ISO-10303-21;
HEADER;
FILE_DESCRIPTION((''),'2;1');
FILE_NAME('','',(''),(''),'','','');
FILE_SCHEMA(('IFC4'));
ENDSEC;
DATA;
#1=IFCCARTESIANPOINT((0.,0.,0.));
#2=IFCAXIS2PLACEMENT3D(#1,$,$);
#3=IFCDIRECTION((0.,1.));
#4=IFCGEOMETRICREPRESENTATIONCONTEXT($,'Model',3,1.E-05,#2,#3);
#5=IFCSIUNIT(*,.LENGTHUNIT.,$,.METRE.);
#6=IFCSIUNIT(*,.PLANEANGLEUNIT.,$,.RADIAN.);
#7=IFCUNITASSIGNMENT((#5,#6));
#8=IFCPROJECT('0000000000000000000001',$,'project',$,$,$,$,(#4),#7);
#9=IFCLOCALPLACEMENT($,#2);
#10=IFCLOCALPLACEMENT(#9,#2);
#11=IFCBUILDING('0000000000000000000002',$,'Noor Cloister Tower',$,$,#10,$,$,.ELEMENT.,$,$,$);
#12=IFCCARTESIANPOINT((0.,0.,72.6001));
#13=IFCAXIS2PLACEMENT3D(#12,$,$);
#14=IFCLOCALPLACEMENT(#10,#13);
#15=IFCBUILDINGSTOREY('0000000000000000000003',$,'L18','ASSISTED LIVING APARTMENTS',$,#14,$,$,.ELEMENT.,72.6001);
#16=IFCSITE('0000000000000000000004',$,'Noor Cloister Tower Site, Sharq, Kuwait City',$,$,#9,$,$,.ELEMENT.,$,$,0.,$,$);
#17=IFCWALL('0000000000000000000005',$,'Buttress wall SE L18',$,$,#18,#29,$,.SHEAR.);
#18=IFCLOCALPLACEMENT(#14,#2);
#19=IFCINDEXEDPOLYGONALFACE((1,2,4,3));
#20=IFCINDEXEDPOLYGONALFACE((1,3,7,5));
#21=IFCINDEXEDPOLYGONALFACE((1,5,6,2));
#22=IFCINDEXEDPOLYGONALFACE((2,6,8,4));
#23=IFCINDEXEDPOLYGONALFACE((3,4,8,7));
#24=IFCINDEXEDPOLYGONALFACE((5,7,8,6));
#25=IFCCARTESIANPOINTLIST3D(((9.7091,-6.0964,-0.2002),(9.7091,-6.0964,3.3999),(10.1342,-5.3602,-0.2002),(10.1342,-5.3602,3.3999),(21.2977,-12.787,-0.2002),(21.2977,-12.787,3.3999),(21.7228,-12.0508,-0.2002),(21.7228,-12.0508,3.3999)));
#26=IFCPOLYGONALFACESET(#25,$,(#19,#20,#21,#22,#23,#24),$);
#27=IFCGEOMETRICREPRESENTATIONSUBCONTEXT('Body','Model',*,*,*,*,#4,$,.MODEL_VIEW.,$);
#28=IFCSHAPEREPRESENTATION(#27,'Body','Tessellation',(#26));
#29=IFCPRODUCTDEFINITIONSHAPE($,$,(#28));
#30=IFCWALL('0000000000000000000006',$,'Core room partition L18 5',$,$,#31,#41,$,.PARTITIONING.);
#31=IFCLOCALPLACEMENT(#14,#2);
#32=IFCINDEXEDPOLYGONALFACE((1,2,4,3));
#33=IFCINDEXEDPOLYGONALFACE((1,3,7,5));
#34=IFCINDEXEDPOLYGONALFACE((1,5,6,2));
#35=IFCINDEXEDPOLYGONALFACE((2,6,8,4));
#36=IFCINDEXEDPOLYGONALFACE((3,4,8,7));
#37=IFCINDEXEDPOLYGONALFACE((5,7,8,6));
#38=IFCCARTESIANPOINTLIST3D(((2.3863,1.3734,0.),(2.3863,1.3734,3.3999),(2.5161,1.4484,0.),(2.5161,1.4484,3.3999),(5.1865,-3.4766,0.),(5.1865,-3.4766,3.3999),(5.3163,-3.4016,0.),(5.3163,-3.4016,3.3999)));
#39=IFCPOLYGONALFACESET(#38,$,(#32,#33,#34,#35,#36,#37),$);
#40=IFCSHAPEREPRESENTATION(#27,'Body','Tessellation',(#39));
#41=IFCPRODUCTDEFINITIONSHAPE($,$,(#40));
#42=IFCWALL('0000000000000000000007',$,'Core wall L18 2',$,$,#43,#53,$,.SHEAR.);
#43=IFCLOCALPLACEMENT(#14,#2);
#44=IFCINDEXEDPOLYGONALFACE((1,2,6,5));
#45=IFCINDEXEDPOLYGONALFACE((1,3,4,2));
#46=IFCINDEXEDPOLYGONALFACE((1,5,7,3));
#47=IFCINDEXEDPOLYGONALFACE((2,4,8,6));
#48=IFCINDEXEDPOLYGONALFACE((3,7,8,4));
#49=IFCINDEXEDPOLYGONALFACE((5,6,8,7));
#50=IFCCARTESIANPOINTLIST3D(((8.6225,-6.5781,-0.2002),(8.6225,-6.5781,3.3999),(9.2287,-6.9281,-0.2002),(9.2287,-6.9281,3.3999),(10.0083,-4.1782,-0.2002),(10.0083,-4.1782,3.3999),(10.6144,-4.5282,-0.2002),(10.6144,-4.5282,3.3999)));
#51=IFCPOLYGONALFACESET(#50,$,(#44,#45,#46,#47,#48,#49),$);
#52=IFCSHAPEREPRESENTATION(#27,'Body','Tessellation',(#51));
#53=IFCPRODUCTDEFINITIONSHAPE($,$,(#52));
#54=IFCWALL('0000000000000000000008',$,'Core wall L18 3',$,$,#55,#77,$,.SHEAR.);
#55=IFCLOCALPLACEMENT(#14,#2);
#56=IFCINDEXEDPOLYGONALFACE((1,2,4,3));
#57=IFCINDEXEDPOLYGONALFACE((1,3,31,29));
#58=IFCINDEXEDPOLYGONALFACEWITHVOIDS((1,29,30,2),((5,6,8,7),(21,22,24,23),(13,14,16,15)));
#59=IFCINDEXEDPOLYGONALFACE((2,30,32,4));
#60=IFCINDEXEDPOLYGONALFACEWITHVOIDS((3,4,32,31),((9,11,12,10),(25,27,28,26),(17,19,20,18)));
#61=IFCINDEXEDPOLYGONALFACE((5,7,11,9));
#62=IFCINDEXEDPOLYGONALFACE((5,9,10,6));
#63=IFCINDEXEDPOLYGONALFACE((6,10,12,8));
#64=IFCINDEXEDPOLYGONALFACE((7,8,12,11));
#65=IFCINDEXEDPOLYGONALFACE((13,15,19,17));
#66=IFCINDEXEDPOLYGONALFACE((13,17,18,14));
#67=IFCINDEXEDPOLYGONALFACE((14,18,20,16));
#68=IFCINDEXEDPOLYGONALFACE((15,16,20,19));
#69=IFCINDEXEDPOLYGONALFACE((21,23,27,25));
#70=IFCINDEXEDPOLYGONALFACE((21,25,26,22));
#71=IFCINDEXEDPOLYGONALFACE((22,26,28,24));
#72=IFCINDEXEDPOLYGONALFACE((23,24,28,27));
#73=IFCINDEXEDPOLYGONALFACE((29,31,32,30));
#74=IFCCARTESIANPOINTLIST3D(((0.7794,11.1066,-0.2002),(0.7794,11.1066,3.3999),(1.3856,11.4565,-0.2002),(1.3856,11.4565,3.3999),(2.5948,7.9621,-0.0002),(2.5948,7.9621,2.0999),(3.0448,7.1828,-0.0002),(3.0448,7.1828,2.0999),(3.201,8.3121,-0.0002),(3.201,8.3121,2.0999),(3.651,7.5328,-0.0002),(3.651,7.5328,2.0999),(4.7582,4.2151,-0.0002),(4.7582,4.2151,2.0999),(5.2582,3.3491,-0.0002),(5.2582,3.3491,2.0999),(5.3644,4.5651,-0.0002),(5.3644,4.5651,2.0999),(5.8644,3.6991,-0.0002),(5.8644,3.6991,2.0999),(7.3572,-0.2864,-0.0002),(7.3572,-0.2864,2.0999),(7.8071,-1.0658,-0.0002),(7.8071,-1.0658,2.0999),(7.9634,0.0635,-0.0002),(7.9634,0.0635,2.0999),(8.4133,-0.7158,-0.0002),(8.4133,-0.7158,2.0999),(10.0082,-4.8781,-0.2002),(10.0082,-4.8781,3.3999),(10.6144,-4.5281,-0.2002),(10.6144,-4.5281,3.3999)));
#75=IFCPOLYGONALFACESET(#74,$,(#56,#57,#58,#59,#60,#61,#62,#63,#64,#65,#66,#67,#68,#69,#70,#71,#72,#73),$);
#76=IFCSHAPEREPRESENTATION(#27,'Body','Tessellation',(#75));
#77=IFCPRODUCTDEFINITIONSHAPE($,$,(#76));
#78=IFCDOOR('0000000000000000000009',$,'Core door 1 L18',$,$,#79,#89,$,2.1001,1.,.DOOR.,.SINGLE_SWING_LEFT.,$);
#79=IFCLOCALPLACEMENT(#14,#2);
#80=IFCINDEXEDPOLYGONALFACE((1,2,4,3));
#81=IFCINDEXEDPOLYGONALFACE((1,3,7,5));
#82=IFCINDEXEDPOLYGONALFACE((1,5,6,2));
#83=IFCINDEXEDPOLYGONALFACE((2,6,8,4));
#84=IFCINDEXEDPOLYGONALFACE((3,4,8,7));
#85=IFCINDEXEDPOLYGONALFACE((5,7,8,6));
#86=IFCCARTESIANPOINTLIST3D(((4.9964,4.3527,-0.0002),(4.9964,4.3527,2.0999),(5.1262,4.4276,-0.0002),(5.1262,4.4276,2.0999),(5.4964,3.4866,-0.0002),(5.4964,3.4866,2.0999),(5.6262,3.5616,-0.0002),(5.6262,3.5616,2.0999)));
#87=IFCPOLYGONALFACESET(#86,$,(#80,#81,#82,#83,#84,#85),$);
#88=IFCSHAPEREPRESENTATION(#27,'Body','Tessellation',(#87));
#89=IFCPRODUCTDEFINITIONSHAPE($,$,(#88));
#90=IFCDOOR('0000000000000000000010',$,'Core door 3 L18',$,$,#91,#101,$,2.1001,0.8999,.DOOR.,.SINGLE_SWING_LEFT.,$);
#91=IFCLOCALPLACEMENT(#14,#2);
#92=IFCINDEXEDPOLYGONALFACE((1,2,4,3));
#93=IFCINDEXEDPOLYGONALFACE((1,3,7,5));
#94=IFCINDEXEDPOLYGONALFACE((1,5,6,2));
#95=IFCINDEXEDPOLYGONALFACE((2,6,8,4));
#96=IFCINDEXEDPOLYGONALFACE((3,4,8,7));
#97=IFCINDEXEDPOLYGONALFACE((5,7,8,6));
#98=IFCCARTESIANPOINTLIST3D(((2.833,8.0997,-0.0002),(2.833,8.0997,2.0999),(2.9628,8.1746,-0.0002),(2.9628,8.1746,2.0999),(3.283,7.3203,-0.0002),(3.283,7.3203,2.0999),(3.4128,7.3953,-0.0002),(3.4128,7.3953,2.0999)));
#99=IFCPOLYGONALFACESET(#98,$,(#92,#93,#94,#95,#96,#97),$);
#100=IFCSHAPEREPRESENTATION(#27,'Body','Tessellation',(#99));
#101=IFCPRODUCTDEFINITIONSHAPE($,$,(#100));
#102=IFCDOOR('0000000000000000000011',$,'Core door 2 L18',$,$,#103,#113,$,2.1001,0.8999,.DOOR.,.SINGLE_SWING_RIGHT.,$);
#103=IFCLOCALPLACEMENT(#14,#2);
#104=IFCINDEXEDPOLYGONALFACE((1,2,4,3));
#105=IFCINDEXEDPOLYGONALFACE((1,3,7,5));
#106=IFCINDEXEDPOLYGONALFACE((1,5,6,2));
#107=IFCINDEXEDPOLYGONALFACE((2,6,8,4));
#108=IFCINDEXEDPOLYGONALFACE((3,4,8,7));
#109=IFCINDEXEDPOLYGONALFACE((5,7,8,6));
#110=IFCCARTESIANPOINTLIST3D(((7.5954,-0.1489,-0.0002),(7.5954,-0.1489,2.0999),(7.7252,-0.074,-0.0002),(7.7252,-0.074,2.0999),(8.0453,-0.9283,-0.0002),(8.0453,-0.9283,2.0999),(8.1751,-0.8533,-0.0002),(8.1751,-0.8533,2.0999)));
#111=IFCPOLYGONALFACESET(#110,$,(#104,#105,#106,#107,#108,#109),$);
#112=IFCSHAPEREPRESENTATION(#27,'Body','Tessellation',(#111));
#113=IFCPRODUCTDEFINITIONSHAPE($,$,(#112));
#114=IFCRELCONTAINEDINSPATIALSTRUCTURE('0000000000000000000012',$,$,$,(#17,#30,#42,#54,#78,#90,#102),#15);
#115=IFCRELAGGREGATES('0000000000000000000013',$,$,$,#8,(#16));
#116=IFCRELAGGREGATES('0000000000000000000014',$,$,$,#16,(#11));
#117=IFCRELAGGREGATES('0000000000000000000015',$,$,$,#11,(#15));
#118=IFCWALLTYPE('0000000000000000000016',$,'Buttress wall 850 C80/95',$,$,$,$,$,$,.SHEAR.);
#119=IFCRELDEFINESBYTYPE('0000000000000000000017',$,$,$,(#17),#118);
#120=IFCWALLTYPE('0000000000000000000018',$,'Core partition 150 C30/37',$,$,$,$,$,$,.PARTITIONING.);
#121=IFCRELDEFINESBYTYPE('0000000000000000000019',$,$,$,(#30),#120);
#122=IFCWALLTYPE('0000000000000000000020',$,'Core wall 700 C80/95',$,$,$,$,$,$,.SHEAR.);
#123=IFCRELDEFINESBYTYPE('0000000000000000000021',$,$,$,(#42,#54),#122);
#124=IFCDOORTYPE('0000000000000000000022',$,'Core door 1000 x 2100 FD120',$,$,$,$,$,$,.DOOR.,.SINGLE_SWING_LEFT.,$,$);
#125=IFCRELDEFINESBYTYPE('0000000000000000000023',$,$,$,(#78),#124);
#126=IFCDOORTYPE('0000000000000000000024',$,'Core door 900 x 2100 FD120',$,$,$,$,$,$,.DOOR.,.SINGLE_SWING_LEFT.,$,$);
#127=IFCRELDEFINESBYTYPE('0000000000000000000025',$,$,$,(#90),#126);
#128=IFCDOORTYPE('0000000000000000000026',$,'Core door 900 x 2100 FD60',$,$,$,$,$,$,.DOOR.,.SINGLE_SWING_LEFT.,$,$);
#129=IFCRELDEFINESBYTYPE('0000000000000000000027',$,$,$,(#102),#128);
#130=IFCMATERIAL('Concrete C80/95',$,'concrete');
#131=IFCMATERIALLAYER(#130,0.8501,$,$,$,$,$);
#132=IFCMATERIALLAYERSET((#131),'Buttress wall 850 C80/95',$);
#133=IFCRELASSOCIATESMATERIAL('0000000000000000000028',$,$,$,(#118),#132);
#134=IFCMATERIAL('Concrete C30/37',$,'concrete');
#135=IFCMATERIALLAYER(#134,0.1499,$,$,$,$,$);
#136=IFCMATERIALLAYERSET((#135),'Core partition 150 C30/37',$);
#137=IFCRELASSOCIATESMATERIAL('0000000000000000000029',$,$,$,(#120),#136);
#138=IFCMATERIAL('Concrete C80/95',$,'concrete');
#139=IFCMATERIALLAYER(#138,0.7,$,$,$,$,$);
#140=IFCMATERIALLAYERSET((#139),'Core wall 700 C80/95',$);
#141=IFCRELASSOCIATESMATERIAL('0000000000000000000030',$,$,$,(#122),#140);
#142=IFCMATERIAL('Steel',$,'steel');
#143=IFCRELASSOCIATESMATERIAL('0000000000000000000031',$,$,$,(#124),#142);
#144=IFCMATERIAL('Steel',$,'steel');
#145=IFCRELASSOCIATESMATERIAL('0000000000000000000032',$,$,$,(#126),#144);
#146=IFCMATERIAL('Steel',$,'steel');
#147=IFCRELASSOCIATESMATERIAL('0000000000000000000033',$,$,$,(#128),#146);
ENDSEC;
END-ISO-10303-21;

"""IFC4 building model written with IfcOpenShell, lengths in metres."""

from ifc_helpers import new_model, si_unit, direction, frame, frame_2d, origin, place, context, subcontext, project, spatial, rectangle, extrude, material, layer, layer_set, type_object, element, fill, save


model = new_model("IFC4")

# Units and contexts
model_context = context("Model", 3, precision=1e-05, world=origin(), true_north=direction((0.0, 1.0)))
body_context = subcontext(model_context, "Body", "Model", "MODEL_VIEW")
ifc_project = project(units=[si_unit("LENGTHUNIT", "METRE"), si_unit("PLANEANGLEUNIT", "RADIAN")], contexts=[model_context])

# Site, building, storey
site_placement = place(None, origin())
site = spatial("IfcSite", under=ifc_project, at=site_placement, Name="Noor Cloister Tower Site, Sharq, Kuwait City", CompositionType="ELEMENT", RefElevation=0.0)
building_placement = place(site_placement, origin())
building = spatial("IfcBuilding", under=site, at=building_placement, Name="Noor Cloister Tower", CompositionType="ELEMENT")
storey_placement = place(building_placement, frame((0.0, 0.0, 72.6001)))
storey = spatial("IfcBuildingStorey", under=building, at=storey_placement, Name="L18", Description="ASSISTED LIVING APARTMENTS", CompositionType="ELEMENT", Elevation=72.6001)

# Walls
ifc_material_1 = material(Name="Concrete C80/95", Category="concrete")
ifc_layer_1 = layer(ifc_material_1, 0.8501)
ifc_layer_set_1 = layer_set([ifc_layer_1], Name="Buttress wall 850 C80/95")
wall_type_1 = type_object("IfcWallType", Name="Buttress wall 850 C80/95", PredefinedType="SHEAR", material=ifc_layer_set_1)
wall_1_placement = place(storey_placement, frame((9.9216, -5.7283, -0.2002), z_axis=(0.0, 0.0, 1.0), x_axis=(0.866026, -0.499999, 0.0)))
element("IfcWall", 1, at=wall_1_placement, inside=storey, type_object=wall_type_1, Name="Buttress wall SE L18", PredefinedType="SHEAR", context=body_context, shape_type="SweptSolid", body=[
    extrude(rectangle(XDim=13.3813, YDim=0.8501, at=frame_2d((6.6907, 0.0))), origin(), (0.0, 0.0, 1.0), 3.6001),
])
ifc_material_2 = material(Name="Concrete C30/37", Category="concrete")
ifc_layer_2 = layer(ifc_material_2, 0.1499)
ifc_layer_set_2 = layer_set([ifc_layer_2], Name="Core partition 150 C30/37")
wall_type_2 = type_object("IfcWallType", Name="Core partition 150 C30/37", PredefinedType="PARTITIONING", material=ifc_layer_set_2)
wall_2_placement = place(storey_placement, frame((5.2515, -3.4392, 0.0), z_axis=(0.0, 0.0, 1.0), x_axis=(-0.500012, 0.866019, 0.0)))
element("IfcWall", 2, at=wall_2_placement, inside=storey, type_object=wall_type_2, Name="Core room partition L18 5", PredefinedType="PARTITIONING", context=body_context, shape_type="SweptSolid", body=[
    extrude(rectangle(XDim=5.6003, YDim=0.1499, at=frame_2d((2.8003, 0.0))), origin(), (0.0, 0.0, 1.0), 3.3999),
])
ifc_material_3 = material(Name="Concrete C80/95", Category="concrete")
ifc_layer_3 = layer(ifc_material_3, 0.7)
ifc_layer_set_3 = layer_set([ifc_layer_3], Name="Core wall 700 C80/95")
wall_type_3 = type_object("IfcWallType", Name="Core wall 700 C80/95", PredefinedType="SHEAR", material=ifc_layer_set_3)
wall_3_placement = place(storey_placement, frame((8.9255, -6.7532, -0.2002), z_axis=(0.0, 0.0, 1.0), x_axis=(0.500043, 0.866001, 0.0)))
element("IfcWall", 3, at=wall_3_placement, inside=storey, type_object=wall_type_3, Name="Core wall L18 2", PredefinedType="SHEAR", context=body_context, shape_type="SweptSolid", body=[
    extrude(rectangle(XDim=2.7712, YDim=0.7, at=frame_2d((1.3857, 0.0))), origin(), (0.0, 0.0, 1.0), 3.6001),
])

# Wall, openings, doors
wall_4_placement = place(storey_placement, frame((10.3113, -4.7031, -0.2002), z_axis=(0.0, 0.0, 1.0), x_axis=(-0.500001, 0.866025, 0.0)))
wall_4 = element("IfcWall", 4, at=wall_4_placement, inside=storey, type_object=wall_type_3, Name="Core wall L18 3", PredefinedType="SHEAR", context=body_context, shape_type="SweptSolid", body=[
    extrude(rectangle(XDim=18.4575, YDim=0.7, at=frame_2d((9.2288, 0.0))), origin(), (0.0, 0.0, 1.0), 3.6001),
])
opening_1_placement = place(wall_4_placement, frame((9.5, 0.0, 0.2)))
opening_1 = element("IfcOpeningElement", 5, at=opening_1_placement, cuts=wall_4, PredefinedType="OPENING", context=body_context, shape_type="SweptSolid", body=[
    extrude(rectangle(XDim=1.0, YDim=2.1001, at=frame_2d((0.5, 1.05))), frame((0.0, 0.3599, 0.0), z_axis=(0.0, -1.0, 0.0), x_axis=(1.0, 0.0, 0.0)), (0.0, 0.0, 1.0), 0.72),
])
opening_2_placement = place(wall_4_placement, frame((4.4021, 0.0, 0.2)))
opening_2 = element("IfcOpeningElement", 6, at=opening_2_placement, cuts=wall_4, PredefinedType="OPENING", context=body_context, shape_type="SweptSolid", body=[
    extrude(rectangle(XDim=0.8999, YDim=2.1001, at=frame_2d((0.45, 1.05))), frame((0.0, 0.3599, 0.0), z_axis=(0.0, -1.0, 0.0), x_axis=(1.0, 0.0, 0.0)), (0.0, 0.0, 1.0), 0.72),
])
opening_3_placement = place(wall_4_placement, frame((13.9268, 0.0, 0.2)))
opening_3 = element("IfcOpeningElement", 7, at=opening_3_placement, cuts=wall_4, PredefinedType="OPENING", context=body_context, shape_type="SweptSolid", body=[
    extrude(rectangle(XDim=0.8999, YDim=2.1001, at=frame_2d((0.45, 1.05))), frame((0.0, 0.3599, 0.0), z_axis=(0.0, -1.0, 0.0), x_axis=(1.0, 0.0, 0.0)), (0.0, 0.0, 1.0), 0.72),
])
ifc_material_4 = material(Name="Steel", Category="steel")
door_type_1 = type_object("IfcDoorType", Name="Core door 1000 x 2100 FD120", OperationType="SINGLE_SWING_LEFT", PredefinedType="DOOR", material=ifc_material_4)
door_1_placement = place(opening_1_placement, origin())
door_1 = element("IfcDoor", 8, at=door_1_placement, inside=storey, type_object=door_type_1, Name="Core door 1 L18", OperationType="SINGLE_SWING_LEFT", OverallHeight=2.1001, OverallWidth=1.0, PredefinedType="DOOR", context=body_context, shape_type="SweptSolid", body=[
    extrude(rectangle(XDim=1.0, YDim=2.1001, at=frame_2d((0.5, 1.05))), frame((0.0, 0.075, 0.0), z_axis=(0.0, -1.0, 0.0), x_axis=(1.0, 0.0, 0.0)), (0.0, 0.0, 1.0), 0.1499),
])
fill(opening_1, door_1)
ifc_material_5 = material(Name="Steel", Category="steel")
door_type_2 = type_object("IfcDoorType", Name="Core door 900 x 2100 FD120", OperationType="SINGLE_SWING_LEFT", PredefinedType="DOOR", material=ifc_material_5)
door_2_placement = place(opening_3_placement, origin())
door_2 = element("IfcDoor", 9, at=door_2_placement, inside=storey, type_object=door_type_2, Name="Core door 3 L18", OperationType="SINGLE_SWING_LEFT", OverallHeight=2.1001, OverallWidth=0.8999, PredefinedType="DOOR", context=body_context, shape_type="SweptSolid", body=[
    extrude(rectangle(XDim=0.8999, YDim=2.1001, at=frame_2d((0.45, 1.05))), frame((0.0, 0.075, 0.0), z_axis=(0.0, -1.0, 0.0), x_axis=(1.0, 0.0, 0.0)), (0.0, 0.0, 1.0), 0.1499),
])
fill(opening_3, door_2)
ifc_material_6 = material(Name="Steel", Category="steel")
door_type_3 = type_object("IfcDoorType", Name="Core door 900 x 2100 FD60", OperationType="SINGLE_SWING_LEFT", PredefinedType="DOOR", material=ifc_material_6)
door_3_placement = place(opening_2_placement, origin())
door_3 = element("IfcDoor", 10, at=door_3_placement, inside=storey, type_object=door_type_3, Name="Core door 2 L18", OperationType="SINGLE_SWING_RIGHT", OverallHeight=2.1001, OverallWidth=0.8999, PredefinedType="DOOR", context=body_context, shape_type="SweptSolid", body=[
    extrude(rectangle(XDim=0.8999, YDim=2.1001, at=frame_2d((0.45, 1.05))), frame((0.0, 0.075, 0.0), z_axis=(0.0, -1.0, 0.0), x_axis=(1.0, 0.0, 0.0)), (0.0, 0.0, 1.0), 0.1499),
])
fill(opening_2, door_3)

save(model, "model.ifc")
